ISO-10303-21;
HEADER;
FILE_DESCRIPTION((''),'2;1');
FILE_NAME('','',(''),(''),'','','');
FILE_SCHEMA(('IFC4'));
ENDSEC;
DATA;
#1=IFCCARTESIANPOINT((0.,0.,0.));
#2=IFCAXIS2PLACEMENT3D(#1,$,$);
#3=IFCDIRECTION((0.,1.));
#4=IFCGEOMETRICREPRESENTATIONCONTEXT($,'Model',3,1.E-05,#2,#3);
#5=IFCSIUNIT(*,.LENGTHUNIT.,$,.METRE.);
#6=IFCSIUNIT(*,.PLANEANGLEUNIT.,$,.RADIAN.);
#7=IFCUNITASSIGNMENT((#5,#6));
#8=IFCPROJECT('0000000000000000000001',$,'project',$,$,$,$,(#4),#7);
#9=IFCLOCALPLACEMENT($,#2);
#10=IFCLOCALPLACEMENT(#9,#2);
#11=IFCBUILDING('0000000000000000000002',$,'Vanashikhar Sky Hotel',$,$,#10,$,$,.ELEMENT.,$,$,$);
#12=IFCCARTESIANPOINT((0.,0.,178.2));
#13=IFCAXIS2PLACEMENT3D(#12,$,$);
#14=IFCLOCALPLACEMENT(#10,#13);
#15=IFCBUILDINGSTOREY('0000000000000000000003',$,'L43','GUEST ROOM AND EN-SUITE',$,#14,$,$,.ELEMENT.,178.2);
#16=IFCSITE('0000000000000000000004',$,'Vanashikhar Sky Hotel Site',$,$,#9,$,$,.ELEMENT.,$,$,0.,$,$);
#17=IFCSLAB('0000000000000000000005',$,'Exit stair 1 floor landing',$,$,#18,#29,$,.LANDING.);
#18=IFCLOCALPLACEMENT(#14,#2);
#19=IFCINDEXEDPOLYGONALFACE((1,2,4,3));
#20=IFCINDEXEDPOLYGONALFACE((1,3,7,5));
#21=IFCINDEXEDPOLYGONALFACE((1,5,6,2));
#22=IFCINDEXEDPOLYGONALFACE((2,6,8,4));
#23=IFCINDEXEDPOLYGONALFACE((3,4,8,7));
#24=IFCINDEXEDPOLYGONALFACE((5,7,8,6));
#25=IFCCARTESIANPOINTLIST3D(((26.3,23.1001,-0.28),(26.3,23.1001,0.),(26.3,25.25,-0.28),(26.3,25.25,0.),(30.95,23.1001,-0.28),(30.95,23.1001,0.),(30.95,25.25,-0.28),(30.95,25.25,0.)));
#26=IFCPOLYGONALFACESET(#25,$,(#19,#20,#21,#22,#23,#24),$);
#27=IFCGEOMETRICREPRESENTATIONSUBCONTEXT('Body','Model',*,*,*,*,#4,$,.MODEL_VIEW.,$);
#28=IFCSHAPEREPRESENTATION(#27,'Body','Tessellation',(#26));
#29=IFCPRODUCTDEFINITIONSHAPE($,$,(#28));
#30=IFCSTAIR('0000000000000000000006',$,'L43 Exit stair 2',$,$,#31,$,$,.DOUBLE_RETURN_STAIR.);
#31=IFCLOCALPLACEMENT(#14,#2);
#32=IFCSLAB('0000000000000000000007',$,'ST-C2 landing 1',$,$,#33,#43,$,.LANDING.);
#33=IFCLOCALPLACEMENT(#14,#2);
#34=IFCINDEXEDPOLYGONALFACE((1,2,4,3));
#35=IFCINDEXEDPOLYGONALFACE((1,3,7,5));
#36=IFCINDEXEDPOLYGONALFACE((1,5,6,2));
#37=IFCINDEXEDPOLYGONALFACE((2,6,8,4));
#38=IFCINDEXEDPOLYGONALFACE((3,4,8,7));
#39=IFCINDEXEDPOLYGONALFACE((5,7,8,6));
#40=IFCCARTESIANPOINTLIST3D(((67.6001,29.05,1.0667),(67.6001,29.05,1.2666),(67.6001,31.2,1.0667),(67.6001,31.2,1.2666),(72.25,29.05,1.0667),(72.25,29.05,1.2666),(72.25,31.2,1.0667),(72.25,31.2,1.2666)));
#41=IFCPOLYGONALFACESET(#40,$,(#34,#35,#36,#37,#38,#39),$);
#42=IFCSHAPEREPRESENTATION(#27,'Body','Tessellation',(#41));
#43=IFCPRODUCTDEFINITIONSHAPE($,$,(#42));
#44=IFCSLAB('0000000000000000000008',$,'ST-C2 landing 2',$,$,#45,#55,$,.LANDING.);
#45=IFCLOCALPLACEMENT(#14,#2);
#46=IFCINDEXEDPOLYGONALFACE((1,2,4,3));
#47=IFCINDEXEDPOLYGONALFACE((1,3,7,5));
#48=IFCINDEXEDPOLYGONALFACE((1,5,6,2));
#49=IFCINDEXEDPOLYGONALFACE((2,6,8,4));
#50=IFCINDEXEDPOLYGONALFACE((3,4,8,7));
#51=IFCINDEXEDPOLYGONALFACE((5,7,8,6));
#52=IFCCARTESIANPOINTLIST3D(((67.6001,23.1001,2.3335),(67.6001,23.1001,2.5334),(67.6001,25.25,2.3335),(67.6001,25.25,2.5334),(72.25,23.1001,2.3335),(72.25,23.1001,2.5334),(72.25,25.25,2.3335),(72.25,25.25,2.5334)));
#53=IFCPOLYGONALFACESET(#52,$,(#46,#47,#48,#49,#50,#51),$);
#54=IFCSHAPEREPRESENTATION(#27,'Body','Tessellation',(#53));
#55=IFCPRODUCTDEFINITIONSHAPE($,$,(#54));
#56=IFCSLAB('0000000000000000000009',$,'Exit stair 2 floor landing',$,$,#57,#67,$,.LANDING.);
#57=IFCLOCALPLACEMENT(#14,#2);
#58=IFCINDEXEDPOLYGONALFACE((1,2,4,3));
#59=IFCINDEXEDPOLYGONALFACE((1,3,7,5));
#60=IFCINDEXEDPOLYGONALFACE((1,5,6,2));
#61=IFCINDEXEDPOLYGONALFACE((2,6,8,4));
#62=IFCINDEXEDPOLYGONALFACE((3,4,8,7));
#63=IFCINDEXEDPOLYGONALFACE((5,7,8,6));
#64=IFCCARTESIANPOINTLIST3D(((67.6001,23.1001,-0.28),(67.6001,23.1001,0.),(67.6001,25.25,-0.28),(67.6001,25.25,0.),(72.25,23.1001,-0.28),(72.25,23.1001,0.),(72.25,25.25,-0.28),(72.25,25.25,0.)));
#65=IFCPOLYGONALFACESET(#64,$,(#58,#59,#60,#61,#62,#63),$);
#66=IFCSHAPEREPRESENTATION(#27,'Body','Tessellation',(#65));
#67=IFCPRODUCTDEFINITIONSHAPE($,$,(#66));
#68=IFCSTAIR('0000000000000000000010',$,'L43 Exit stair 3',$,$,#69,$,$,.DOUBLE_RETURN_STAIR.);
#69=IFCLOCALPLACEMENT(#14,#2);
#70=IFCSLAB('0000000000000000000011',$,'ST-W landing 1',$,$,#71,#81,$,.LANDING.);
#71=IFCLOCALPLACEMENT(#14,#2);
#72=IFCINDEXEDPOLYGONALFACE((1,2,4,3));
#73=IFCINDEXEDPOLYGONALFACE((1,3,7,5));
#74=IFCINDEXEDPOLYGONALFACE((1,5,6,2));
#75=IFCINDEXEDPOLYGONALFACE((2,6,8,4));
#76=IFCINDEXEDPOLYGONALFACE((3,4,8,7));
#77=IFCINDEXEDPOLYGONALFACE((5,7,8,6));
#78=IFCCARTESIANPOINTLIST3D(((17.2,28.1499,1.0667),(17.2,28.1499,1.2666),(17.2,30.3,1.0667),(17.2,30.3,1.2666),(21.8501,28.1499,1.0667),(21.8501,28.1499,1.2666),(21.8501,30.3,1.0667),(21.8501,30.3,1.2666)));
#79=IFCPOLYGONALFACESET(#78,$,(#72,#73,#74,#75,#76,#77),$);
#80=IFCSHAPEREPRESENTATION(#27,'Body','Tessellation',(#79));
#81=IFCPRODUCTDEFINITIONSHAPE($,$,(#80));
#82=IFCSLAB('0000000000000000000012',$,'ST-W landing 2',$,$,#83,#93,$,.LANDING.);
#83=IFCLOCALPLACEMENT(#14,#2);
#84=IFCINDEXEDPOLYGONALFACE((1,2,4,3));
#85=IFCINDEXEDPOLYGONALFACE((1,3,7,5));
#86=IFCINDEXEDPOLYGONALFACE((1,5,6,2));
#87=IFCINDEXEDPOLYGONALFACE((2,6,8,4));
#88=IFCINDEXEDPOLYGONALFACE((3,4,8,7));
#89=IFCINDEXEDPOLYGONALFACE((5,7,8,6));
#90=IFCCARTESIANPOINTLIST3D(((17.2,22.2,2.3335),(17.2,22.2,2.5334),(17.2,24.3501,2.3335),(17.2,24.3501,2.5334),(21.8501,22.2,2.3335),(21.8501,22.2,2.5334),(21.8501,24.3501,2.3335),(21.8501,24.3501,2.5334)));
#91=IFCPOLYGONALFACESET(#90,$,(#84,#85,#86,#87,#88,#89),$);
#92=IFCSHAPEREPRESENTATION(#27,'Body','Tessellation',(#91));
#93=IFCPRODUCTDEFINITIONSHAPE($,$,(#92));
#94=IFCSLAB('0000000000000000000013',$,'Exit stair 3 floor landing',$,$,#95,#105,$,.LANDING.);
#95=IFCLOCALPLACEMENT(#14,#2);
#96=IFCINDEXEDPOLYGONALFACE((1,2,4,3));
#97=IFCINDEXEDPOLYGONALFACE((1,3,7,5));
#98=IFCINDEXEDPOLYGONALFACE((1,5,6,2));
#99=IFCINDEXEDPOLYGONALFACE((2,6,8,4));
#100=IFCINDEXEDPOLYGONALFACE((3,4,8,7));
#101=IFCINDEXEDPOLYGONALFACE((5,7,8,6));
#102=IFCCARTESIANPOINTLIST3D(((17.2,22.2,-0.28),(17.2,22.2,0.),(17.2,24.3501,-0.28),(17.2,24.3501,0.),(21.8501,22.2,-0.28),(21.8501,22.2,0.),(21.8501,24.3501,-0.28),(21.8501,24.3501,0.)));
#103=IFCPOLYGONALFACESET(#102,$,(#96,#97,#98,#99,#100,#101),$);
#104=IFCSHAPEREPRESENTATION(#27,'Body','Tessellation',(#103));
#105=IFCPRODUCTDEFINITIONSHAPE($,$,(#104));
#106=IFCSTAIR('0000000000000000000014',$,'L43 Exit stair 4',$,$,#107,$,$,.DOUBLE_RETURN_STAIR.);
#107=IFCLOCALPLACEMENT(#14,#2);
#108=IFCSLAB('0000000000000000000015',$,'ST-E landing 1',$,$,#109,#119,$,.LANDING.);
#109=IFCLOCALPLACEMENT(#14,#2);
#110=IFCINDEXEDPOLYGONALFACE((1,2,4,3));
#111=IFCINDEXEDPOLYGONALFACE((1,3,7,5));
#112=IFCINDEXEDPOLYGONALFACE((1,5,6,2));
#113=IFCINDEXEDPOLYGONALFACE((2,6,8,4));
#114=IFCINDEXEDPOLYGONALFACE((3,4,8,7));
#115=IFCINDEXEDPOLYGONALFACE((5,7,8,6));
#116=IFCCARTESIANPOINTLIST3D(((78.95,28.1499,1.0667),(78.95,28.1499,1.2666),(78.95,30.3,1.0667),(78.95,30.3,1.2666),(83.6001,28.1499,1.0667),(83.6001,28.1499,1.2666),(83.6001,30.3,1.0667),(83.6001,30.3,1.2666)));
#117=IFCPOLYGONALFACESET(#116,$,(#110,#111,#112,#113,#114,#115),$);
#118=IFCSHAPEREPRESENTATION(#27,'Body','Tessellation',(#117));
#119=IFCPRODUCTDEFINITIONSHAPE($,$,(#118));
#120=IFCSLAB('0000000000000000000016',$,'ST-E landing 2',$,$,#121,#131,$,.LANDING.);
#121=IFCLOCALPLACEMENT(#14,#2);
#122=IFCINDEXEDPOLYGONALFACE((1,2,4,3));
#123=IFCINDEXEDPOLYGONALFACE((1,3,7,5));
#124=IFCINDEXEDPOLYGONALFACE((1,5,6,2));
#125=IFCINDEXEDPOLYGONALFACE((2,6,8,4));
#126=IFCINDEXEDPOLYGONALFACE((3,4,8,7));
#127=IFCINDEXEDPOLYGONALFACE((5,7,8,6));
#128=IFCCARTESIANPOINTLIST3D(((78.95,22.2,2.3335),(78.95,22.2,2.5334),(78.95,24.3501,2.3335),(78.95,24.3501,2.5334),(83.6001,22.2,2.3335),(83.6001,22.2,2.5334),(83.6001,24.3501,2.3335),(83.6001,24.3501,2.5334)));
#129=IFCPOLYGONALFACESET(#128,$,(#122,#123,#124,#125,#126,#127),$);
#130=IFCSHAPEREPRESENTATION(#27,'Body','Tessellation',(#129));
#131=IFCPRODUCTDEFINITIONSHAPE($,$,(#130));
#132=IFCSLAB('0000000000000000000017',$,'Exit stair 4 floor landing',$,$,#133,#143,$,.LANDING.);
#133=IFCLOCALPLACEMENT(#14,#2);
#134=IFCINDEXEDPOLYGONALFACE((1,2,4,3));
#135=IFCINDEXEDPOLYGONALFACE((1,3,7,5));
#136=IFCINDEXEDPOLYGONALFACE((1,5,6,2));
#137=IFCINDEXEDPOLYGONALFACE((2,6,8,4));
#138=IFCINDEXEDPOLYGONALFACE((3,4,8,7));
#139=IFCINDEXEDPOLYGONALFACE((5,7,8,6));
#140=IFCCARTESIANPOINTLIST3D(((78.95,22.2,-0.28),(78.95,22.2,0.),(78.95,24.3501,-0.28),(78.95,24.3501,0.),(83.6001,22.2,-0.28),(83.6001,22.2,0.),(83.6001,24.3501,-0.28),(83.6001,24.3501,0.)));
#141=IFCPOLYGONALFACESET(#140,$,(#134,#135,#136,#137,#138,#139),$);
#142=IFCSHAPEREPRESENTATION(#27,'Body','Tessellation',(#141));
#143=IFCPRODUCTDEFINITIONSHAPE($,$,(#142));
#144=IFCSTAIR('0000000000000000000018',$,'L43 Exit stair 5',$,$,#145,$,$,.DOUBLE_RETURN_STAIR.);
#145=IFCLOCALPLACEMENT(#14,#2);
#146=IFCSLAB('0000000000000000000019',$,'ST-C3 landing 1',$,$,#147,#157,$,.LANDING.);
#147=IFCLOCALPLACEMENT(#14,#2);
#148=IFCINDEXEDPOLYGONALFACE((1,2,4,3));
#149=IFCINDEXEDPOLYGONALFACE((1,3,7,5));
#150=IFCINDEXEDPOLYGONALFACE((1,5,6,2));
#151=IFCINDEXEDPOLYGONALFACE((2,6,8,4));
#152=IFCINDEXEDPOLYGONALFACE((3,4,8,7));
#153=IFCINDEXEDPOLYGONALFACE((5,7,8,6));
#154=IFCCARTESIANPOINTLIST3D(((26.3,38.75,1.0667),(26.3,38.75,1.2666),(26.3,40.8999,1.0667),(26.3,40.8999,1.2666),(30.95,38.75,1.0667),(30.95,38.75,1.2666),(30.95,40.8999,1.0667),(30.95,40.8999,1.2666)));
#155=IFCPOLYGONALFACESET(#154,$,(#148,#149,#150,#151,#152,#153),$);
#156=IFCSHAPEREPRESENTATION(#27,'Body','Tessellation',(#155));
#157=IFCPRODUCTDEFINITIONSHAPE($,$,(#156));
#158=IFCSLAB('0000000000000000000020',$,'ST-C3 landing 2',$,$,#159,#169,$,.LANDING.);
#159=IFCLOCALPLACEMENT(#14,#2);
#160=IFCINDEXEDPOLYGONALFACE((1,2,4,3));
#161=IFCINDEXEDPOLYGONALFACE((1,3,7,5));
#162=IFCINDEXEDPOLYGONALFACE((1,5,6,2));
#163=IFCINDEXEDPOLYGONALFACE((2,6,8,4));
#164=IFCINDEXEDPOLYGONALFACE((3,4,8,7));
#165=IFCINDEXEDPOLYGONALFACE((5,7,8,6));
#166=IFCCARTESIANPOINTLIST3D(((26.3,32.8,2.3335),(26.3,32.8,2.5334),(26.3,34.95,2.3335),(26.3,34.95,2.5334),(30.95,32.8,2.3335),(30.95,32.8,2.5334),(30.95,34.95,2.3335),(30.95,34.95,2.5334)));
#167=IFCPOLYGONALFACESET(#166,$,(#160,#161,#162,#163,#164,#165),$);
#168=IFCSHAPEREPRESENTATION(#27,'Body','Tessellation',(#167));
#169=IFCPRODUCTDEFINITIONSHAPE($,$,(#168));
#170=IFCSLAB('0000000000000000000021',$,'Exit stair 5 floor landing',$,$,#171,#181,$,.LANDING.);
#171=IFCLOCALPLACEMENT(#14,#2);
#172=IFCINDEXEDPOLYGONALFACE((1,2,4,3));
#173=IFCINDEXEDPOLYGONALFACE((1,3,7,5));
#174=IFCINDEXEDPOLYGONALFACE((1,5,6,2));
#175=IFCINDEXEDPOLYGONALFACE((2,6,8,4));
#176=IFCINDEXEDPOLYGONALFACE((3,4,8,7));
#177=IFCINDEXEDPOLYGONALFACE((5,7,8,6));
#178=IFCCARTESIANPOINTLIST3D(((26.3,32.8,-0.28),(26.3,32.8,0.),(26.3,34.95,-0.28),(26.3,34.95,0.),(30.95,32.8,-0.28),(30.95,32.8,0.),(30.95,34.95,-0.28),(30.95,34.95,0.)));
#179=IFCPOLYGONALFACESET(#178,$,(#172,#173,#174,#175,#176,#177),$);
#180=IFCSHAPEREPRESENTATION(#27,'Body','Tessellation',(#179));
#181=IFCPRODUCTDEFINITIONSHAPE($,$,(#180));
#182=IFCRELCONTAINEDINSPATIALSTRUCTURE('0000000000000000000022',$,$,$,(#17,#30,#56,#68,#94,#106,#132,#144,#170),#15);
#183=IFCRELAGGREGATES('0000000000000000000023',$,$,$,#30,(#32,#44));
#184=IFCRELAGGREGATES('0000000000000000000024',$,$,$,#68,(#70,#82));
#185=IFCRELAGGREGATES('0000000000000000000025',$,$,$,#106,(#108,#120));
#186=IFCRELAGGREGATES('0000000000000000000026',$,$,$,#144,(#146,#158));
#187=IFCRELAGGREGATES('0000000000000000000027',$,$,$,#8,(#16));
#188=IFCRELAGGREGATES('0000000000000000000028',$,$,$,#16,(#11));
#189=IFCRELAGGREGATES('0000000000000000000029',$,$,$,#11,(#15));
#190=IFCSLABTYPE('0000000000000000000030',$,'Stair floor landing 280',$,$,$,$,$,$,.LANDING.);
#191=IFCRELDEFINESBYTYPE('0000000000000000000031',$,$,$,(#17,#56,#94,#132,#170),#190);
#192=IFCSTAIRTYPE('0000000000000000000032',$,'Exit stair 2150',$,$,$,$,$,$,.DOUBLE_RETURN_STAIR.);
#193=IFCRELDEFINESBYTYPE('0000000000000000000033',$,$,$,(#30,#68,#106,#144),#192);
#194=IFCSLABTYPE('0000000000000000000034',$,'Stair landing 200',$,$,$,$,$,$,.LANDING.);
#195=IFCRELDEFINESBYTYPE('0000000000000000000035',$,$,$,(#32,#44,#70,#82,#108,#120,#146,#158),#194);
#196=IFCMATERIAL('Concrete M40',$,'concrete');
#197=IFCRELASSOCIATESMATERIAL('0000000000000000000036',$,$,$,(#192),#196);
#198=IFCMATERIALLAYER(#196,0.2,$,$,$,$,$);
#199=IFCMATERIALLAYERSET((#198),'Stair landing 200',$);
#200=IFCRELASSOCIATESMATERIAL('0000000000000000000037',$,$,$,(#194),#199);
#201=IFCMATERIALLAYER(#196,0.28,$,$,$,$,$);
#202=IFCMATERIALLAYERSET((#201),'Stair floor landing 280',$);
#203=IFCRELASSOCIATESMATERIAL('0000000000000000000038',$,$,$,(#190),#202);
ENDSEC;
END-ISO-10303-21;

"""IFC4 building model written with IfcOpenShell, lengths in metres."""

from ifc_helpers import new_model, si_unit, direction, frame, origin, place, context, subcontext, project, spatial, polyline, outline, extrude, source, transform, mapped, material, layer, layer_set, type_object, element, aggregate, save


model = new_model("IFC4")

# Units and contexts
model_context = context("Model", 3, precision=1e-05, world=origin(), true_north=direction((0.0, 1.0)))
body_context = subcontext(model_context, "Body", "Model", "MODEL_VIEW")
ifc_project = project(units=[si_unit("LENGTHUNIT", "METRE"), si_unit("PLANEANGLEUNIT", "RADIAN")], contexts=[model_context])

# Site, building, storey
site_placement = place(None, origin())
site = spatial("IfcSite", under=ifc_project, at=site_placement, Name="Vanashikhar Sky Hotel Site", CompositionType="ELEMENT", RefElevation=0.0)
building_placement = place(site_placement, origin())
building = spatial("IfcBuilding", under=site, at=building_placement, Name="Vanashikhar Sky Hotel", CompositionType="ELEMENT")
storey_placement = place(building_placement, frame((0.0, 0.0, 178.2)))
storey = spatial("IfcBuildingStorey", under=building, at=storey_placement, Name="L43", Description="GUEST ROOM AND EN-SUITE", CompositionType="ELEMENT", Elevation=178.2)

# Shared definitions
ifc_material = material(Name="Concrete M40", Category="concrete")

# Shared definitions
stair_type = type_object("IfcStairType", Name="Exit stair 2150", PredefinedType="DOUBLE_RETURN_STAIR", material=ifc_material)
ifc_layer_1 = layer(ifc_material, 0.2)
ifc_layer_set_1 = layer_set([ifc_layer_1], Name="Stair landing 200")
slab_type_1 = type_object("IfcSlabType", Name="Stair landing 200", PredefinedType="LANDING", material=ifc_layer_set_1)

# Slab
ifc_layer_2 = layer(ifc_material, 0.28)
ifc_layer_set_2 = layer_set([ifc_layer_2], Name="Stair floor landing 280")
slab_type_2 = type_object("IfcSlabType", Name="Stair floor landing 280", PredefinedType="LANDING", material=ifc_layer_set_2)
shared_shape_1 = source(origin(), body_context, "Body", "SweptSolid", [
    extrude(outline(polyline([(30.95, 23.1001), (30.95, 25.25), (26.3, 25.25), (26.3, 23.1001), (30.95, 23.1001)])), origin(), (0.0, 0.0, 1.0), 0.28),
])
slab_1_placement = place(storey_placement, frame((0.0, 0.0, -0.28)))
element("IfcSlab", 1, at=slab_1_placement, inside=storey, type_object=slab_type_2, Name="Exit stair 1 floor landing", PredefinedType="LANDING", context=body_context, shape_type="MappedRepresentation", body=[
    mapped(shared_shape_1, transform((0.0, 0.0, 0.0), scale=1.0)),
])

# Stair, slabs
stair_1_placement = place(storey_placement, origin())
stair_1 = element("IfcStair", 2, at=stair_1_placement, inside=storey, type_object=stair_type, Name="L43 Exit stair 2", PredefinedType="DOUBLE_RETURN_STAIR")
shared_shape_2 = source(origin(), body_context, "Body", "SweptSolid", [
    extrude(outline(polyline([(72.25, 29.05), (72.25, 31.2), (67.6001, 31.2), (67.6001, 29.05), (72.25, 29.05)])), origin(), (0.0, 0.0, 1.0), 0.2),
])
slab_2_placement = place(storey_placement, frame((0.0, 0.0, 1.0667)))
slab_2 = element("IfcSlab", 3, at=slab_2_placement, type_object=slab_type_1, Name="ST-C2 landing 1", PredefinedType="LANDING", context=body_context, shape_type="MappedRepresentation", body=[
    mapped(shared_shape_2, transform((0.0, 0.0, 0.0), scale=1.0)),
])
shared_shape_3 = source(origin(), body_context, "Body", "SweptSolid", [
    extrude(outline(polyline([(72.25, 23.1001), (72.25, 25.25), (67.6001, 25.25), (67.6001, 23.1001), (72.25, 23.1001)])), origin(), (0.0, 0.0, 1.0), 0.2),
])
slab_3_placement = place(storey_placement, frame((0.0, 0.0, 2.3335)))
slab_3 = element("IfcSlab", 4, at=slab_3_placement, type_object=slab_type_1, Name="ST-C2 landing 2", PredefinedType="LANDING", context=body_context, shape_type="MappedRepresentation", body=[
    mapped(shared_shape_3, transform((0.0, 0.0, 0.0), scale=1.0)),
])
aggregate(stair_1, [slab_2, slab_3])

# Slab
shared_shape_4 = source(origin(), body_context, "Body", "SweptSolid", [
    extrude(outline(polyline([(72.25, 23.1001), (72.25, 25.25), (67.6001, 25.25), (67.6001, 23.1001), (72.25, 23.1001)])), origin(), (0.0, 0.0, 1.0), 0.28),
])
slab_4_placement = place(storey_placement, frame((0.0, 0.0, -0.28)))
element("IfcSlab", 5, at=slab_4_placement, inside=storey, type_object=slab_type_2, Name="Exit stair 2 floor landing", PredefinedType="LANDING", context=body_context, shape_type="MappedRepresentation", body=[
    mapped(shared_shape_4, transform((0.0, 0.0, 0.0), scale=1.0)),
])

# Stair, slabs
stair_2_placement = place(storey_placement, origin())
stair_2 = element("IfcStair", 6, at=stair_2_placement, inside=storey, type_object=stair_type, Name="L43 Exit stair 3", PredefinedType="DOUBLE_RETURN_STAIR")
shared_shape_5 = source(origin(), body_context, "Body", "SweptSolid", [
    extrude(outline(polyline([(21.8501, 28.1499), (21.8501, 30.3), (17.2, 30.3), (17.2, 28.1499), (21.8501, 28.1499)])), origin(), (0.0, 0.0, 1.0), 0.2),
])
slab_5_placement = place(storey_placement, frame((0.0, 0.0, 1.0667)))
slab_5 = element("IfcSlab", 7, at=slab_5_placement, type_object=slab_type_1, Name="ST-W landing 1", PredefinedType="LANDING", context=body_context, shape_type="MappedRepresentation", body=[
    mapped(shared_shape_5, transform((0.0, 0.0, 0.0), scale=1.0)),
])
shared_shape_6 = source(origin(), body_context, "Body", "SweptSolid", [
    extrude(outline(polyline([(21.8501, 22.2), (21.8501, 24.3501), (17.2, 24.3501), (17.2, 22.2), (21.8501, 22.2)])), origin(), (0.0, 0.0, 1.0), 0.2),
])
slab_6_placement = place(storey_placement, frame((0.0, 0.0, 2.3335)))
slab_6 = element("IfcSlab", 8, at=slab_6_placement, type_object=slab_type_1, Name="ST-W landing 2", PredefinedType="LANDING", context=body_context, shape_type="MappedRepresentation", body=[
    mapped(shared_shape_6, transform((0.0, 0.0, 0.0), scale=1.0)),
])
aggregate(stair_2, [slab_5, slab_6])

# Slab
shared_shape_7 = source(origin(), body_context, "Body", "SweptSolid", [
    extrude(outline(polyline([(21.8501, 22.2), (21.8501, 24.3501), (17.2, 24.3501), (17.2, 22.2), (21.8501, 22.2)])), origin(), (0.0, 0.0, 1.0), 0.28),
])
slab_7_placement = place(storey_placement, frame((0.0, 0.0, -0.28)))
element("IfcSlab", 9, at=slab_7_placement, inside=storey, type_object=slab_type_2, Name="Exit stair 3 floor landing", PredefinedType="LANDING", context=body_context, shape_type="MappedRepresentation", body=[
    mapped(shared_shape_7, transform((0.0, 0.0, 0.0), scale=1.0)),
])

# Stair, slabs
stair_3_placement = place(storey_placement, origin())
stair_3 = element("IfcStair", 10, at=stair_3_placement, inside=storey, type_object=stair_type, Name="L43 Exit stair 4", PredefinedType="DOUBLE_RETURN_STAIR")
shared_shape_8 = source(origin(), body_context, "Body", "SweptSolid", [
    extrude(outline(polyline([(83.6001, 28.1499), (83.6001, 30.3), (78.95, 30.3), (78.95, 28.1499), (83.6001, 28.1499)])), origin(), (0.0, 0.0, 1.0), 0.2),
])
slab_8_placement = place(storey_placement, frame((0.0, 0.0, 1.0667)))
slab_8 = element("IfcSlab", 11, at=slab_8_placement, type_object=slab_type_1, Name="ST-E landing 1", PredefinedType="LANDING", context=body_context, shape_type="MappedRepresentation", body=[
    mapped(shared_shape_8, transform((0.0, 0.0, 0.0), scale=1.0)),
])
shared_shape_9 = source(origin(), body_context, "Body", "SweptSolid", [
    extrude(outline(polyline([(83.6001, 22.2), (83.6001, 24.3501), (78.95, 24.3501), (78.95, 22.2), (83.6001, 22.2)])), origin(), (0.0, 0.0, 1.0), 0.2),
])
slab_9_placement = place(storey_placement, frame((0.0, 0.0, 2.3335)))
slab_9 = element("IfcSlab", 12, at=slab_9_placement, type_object=slab_type_1, Name="ST-E landing 2", PredefinedType="LANDING", context=body_context, shape_type="MappedRepresentation", body=[
    mapped(shared_shape_9, transform((0.0, 0.0, 0.0), scale=1.0)),
])
aggregate(stair_3, [slab_8, slab_9])

# Slab
shared_shape_10 = source(origin(), body_context, "Body", "SweptSolid", [
    extrude(outline(polyline([(83.6001, 22.2), (83.6001, 24.3501), (78.95, 24.3501), (78.95, 22.2), (83.6001, 22.2)])), origin(), (0.0, 0.0, 1.0), 0.28),
])
slab_10_placement = place(storey_placement, frame((0.0, 0.0, -0.28)))
element("IfcSlab", 13, at=slab_10_placement, inside=storey, type_object=slab_type_2, Name="Exit stair 4 floor landing", PredefinedType="LANDING", context=body_context, shape_type="MappedRepresentation", body=[
    mapped(shared_shape_10, transform((0.0, 0.0, 0.0), scale=1.0)),
])

# Stair, slabs
stair_4_placement = place(storey_placement, origin())
stair_4 = element("IfcStair", 14, at=stair_4_placement, inside=storey, type_object=stair_type, Name="L43 Exit stair 5", PredefinedType="DOUBLE_RETURN_STAIR")
shared_shape_11 = source(origin(), body_context, "Body", "SweptSolid", [
    extrude(outline(polyline([(30.95, 38.75), (30.95, 40.8999), (26.3, 40.8999), (26.3, 38.75), (30.95, 38.75)])), origin(), (0.0, 0.0, 1.0), 0.2),
])
slab_11_placement = place(storey_placement, frame((0.0, 0.0, 1.0667)))
slab_11 = element("IfcSlab", 15, at=slab_11_placement, type_object=slab_type_1, Name="ST-C3 landing 1", PredefinedType="LANDING", context=body_context, shape_type="MappedRepresentation", body=[
    mapped(shared_shape_11, transform((0.0, 0.0, 0.0), scale=1.0)),
])
shared_shape_12 = source(origin(), body_context, "Body", "SweptSolid", [
    extrude(outline(polyline([(30.95, 32.8), (30.95, 34.95), (26.3, 34.95), (26.3, 32.8), (30.95, 32.8)])), origin(), (0.0, 0.0, 1.0), 0.2),
])
slab_12_placement = place(storey_placement, frame((0.0, 0.0, 2.3335)))
slab_12 = element("IfcSlab", 16, at=slab_12_placement, type_object=slab_type_1, Name="ST-C3 landing 2", PredefinedType="LANDING", context=body_context, shape_type="MappedRepresentation", body=[
    mapped(shared_shape_12, transform((0.0, 0.0, 0.0), scale=1.0)),
])
aggregate(stair_4, [slab_11, slab_12])

# Slab
shared_shape_13 = source(origin(), body_context, "Body", "SweptSolid", [
    extrude(outline(polyline([(30.95, 32.8), (30.95, 34.95), (26.3, 34.95), (26.3, 32.8), (30.95, 32.8)])), origin(), (0.0, 0.0, 1.0), 0.28),
])
slab_13_placement = place(storey_placement, frame((0.0, 0.0, -0.28)))
element("IfcSlab", 17, at=slab_13_placement, inside=storey, type_object=slab_type_2, Name="Exit stair 5 floor landing", PredefinedType="LANDING", context=body_context, shape_type="MappedRepresentation", body=[
    mapped(shared_shape_13, transform((0.0, 0.0, 0.0), scale=1.0)),
])

save(model, "model.ifc")
